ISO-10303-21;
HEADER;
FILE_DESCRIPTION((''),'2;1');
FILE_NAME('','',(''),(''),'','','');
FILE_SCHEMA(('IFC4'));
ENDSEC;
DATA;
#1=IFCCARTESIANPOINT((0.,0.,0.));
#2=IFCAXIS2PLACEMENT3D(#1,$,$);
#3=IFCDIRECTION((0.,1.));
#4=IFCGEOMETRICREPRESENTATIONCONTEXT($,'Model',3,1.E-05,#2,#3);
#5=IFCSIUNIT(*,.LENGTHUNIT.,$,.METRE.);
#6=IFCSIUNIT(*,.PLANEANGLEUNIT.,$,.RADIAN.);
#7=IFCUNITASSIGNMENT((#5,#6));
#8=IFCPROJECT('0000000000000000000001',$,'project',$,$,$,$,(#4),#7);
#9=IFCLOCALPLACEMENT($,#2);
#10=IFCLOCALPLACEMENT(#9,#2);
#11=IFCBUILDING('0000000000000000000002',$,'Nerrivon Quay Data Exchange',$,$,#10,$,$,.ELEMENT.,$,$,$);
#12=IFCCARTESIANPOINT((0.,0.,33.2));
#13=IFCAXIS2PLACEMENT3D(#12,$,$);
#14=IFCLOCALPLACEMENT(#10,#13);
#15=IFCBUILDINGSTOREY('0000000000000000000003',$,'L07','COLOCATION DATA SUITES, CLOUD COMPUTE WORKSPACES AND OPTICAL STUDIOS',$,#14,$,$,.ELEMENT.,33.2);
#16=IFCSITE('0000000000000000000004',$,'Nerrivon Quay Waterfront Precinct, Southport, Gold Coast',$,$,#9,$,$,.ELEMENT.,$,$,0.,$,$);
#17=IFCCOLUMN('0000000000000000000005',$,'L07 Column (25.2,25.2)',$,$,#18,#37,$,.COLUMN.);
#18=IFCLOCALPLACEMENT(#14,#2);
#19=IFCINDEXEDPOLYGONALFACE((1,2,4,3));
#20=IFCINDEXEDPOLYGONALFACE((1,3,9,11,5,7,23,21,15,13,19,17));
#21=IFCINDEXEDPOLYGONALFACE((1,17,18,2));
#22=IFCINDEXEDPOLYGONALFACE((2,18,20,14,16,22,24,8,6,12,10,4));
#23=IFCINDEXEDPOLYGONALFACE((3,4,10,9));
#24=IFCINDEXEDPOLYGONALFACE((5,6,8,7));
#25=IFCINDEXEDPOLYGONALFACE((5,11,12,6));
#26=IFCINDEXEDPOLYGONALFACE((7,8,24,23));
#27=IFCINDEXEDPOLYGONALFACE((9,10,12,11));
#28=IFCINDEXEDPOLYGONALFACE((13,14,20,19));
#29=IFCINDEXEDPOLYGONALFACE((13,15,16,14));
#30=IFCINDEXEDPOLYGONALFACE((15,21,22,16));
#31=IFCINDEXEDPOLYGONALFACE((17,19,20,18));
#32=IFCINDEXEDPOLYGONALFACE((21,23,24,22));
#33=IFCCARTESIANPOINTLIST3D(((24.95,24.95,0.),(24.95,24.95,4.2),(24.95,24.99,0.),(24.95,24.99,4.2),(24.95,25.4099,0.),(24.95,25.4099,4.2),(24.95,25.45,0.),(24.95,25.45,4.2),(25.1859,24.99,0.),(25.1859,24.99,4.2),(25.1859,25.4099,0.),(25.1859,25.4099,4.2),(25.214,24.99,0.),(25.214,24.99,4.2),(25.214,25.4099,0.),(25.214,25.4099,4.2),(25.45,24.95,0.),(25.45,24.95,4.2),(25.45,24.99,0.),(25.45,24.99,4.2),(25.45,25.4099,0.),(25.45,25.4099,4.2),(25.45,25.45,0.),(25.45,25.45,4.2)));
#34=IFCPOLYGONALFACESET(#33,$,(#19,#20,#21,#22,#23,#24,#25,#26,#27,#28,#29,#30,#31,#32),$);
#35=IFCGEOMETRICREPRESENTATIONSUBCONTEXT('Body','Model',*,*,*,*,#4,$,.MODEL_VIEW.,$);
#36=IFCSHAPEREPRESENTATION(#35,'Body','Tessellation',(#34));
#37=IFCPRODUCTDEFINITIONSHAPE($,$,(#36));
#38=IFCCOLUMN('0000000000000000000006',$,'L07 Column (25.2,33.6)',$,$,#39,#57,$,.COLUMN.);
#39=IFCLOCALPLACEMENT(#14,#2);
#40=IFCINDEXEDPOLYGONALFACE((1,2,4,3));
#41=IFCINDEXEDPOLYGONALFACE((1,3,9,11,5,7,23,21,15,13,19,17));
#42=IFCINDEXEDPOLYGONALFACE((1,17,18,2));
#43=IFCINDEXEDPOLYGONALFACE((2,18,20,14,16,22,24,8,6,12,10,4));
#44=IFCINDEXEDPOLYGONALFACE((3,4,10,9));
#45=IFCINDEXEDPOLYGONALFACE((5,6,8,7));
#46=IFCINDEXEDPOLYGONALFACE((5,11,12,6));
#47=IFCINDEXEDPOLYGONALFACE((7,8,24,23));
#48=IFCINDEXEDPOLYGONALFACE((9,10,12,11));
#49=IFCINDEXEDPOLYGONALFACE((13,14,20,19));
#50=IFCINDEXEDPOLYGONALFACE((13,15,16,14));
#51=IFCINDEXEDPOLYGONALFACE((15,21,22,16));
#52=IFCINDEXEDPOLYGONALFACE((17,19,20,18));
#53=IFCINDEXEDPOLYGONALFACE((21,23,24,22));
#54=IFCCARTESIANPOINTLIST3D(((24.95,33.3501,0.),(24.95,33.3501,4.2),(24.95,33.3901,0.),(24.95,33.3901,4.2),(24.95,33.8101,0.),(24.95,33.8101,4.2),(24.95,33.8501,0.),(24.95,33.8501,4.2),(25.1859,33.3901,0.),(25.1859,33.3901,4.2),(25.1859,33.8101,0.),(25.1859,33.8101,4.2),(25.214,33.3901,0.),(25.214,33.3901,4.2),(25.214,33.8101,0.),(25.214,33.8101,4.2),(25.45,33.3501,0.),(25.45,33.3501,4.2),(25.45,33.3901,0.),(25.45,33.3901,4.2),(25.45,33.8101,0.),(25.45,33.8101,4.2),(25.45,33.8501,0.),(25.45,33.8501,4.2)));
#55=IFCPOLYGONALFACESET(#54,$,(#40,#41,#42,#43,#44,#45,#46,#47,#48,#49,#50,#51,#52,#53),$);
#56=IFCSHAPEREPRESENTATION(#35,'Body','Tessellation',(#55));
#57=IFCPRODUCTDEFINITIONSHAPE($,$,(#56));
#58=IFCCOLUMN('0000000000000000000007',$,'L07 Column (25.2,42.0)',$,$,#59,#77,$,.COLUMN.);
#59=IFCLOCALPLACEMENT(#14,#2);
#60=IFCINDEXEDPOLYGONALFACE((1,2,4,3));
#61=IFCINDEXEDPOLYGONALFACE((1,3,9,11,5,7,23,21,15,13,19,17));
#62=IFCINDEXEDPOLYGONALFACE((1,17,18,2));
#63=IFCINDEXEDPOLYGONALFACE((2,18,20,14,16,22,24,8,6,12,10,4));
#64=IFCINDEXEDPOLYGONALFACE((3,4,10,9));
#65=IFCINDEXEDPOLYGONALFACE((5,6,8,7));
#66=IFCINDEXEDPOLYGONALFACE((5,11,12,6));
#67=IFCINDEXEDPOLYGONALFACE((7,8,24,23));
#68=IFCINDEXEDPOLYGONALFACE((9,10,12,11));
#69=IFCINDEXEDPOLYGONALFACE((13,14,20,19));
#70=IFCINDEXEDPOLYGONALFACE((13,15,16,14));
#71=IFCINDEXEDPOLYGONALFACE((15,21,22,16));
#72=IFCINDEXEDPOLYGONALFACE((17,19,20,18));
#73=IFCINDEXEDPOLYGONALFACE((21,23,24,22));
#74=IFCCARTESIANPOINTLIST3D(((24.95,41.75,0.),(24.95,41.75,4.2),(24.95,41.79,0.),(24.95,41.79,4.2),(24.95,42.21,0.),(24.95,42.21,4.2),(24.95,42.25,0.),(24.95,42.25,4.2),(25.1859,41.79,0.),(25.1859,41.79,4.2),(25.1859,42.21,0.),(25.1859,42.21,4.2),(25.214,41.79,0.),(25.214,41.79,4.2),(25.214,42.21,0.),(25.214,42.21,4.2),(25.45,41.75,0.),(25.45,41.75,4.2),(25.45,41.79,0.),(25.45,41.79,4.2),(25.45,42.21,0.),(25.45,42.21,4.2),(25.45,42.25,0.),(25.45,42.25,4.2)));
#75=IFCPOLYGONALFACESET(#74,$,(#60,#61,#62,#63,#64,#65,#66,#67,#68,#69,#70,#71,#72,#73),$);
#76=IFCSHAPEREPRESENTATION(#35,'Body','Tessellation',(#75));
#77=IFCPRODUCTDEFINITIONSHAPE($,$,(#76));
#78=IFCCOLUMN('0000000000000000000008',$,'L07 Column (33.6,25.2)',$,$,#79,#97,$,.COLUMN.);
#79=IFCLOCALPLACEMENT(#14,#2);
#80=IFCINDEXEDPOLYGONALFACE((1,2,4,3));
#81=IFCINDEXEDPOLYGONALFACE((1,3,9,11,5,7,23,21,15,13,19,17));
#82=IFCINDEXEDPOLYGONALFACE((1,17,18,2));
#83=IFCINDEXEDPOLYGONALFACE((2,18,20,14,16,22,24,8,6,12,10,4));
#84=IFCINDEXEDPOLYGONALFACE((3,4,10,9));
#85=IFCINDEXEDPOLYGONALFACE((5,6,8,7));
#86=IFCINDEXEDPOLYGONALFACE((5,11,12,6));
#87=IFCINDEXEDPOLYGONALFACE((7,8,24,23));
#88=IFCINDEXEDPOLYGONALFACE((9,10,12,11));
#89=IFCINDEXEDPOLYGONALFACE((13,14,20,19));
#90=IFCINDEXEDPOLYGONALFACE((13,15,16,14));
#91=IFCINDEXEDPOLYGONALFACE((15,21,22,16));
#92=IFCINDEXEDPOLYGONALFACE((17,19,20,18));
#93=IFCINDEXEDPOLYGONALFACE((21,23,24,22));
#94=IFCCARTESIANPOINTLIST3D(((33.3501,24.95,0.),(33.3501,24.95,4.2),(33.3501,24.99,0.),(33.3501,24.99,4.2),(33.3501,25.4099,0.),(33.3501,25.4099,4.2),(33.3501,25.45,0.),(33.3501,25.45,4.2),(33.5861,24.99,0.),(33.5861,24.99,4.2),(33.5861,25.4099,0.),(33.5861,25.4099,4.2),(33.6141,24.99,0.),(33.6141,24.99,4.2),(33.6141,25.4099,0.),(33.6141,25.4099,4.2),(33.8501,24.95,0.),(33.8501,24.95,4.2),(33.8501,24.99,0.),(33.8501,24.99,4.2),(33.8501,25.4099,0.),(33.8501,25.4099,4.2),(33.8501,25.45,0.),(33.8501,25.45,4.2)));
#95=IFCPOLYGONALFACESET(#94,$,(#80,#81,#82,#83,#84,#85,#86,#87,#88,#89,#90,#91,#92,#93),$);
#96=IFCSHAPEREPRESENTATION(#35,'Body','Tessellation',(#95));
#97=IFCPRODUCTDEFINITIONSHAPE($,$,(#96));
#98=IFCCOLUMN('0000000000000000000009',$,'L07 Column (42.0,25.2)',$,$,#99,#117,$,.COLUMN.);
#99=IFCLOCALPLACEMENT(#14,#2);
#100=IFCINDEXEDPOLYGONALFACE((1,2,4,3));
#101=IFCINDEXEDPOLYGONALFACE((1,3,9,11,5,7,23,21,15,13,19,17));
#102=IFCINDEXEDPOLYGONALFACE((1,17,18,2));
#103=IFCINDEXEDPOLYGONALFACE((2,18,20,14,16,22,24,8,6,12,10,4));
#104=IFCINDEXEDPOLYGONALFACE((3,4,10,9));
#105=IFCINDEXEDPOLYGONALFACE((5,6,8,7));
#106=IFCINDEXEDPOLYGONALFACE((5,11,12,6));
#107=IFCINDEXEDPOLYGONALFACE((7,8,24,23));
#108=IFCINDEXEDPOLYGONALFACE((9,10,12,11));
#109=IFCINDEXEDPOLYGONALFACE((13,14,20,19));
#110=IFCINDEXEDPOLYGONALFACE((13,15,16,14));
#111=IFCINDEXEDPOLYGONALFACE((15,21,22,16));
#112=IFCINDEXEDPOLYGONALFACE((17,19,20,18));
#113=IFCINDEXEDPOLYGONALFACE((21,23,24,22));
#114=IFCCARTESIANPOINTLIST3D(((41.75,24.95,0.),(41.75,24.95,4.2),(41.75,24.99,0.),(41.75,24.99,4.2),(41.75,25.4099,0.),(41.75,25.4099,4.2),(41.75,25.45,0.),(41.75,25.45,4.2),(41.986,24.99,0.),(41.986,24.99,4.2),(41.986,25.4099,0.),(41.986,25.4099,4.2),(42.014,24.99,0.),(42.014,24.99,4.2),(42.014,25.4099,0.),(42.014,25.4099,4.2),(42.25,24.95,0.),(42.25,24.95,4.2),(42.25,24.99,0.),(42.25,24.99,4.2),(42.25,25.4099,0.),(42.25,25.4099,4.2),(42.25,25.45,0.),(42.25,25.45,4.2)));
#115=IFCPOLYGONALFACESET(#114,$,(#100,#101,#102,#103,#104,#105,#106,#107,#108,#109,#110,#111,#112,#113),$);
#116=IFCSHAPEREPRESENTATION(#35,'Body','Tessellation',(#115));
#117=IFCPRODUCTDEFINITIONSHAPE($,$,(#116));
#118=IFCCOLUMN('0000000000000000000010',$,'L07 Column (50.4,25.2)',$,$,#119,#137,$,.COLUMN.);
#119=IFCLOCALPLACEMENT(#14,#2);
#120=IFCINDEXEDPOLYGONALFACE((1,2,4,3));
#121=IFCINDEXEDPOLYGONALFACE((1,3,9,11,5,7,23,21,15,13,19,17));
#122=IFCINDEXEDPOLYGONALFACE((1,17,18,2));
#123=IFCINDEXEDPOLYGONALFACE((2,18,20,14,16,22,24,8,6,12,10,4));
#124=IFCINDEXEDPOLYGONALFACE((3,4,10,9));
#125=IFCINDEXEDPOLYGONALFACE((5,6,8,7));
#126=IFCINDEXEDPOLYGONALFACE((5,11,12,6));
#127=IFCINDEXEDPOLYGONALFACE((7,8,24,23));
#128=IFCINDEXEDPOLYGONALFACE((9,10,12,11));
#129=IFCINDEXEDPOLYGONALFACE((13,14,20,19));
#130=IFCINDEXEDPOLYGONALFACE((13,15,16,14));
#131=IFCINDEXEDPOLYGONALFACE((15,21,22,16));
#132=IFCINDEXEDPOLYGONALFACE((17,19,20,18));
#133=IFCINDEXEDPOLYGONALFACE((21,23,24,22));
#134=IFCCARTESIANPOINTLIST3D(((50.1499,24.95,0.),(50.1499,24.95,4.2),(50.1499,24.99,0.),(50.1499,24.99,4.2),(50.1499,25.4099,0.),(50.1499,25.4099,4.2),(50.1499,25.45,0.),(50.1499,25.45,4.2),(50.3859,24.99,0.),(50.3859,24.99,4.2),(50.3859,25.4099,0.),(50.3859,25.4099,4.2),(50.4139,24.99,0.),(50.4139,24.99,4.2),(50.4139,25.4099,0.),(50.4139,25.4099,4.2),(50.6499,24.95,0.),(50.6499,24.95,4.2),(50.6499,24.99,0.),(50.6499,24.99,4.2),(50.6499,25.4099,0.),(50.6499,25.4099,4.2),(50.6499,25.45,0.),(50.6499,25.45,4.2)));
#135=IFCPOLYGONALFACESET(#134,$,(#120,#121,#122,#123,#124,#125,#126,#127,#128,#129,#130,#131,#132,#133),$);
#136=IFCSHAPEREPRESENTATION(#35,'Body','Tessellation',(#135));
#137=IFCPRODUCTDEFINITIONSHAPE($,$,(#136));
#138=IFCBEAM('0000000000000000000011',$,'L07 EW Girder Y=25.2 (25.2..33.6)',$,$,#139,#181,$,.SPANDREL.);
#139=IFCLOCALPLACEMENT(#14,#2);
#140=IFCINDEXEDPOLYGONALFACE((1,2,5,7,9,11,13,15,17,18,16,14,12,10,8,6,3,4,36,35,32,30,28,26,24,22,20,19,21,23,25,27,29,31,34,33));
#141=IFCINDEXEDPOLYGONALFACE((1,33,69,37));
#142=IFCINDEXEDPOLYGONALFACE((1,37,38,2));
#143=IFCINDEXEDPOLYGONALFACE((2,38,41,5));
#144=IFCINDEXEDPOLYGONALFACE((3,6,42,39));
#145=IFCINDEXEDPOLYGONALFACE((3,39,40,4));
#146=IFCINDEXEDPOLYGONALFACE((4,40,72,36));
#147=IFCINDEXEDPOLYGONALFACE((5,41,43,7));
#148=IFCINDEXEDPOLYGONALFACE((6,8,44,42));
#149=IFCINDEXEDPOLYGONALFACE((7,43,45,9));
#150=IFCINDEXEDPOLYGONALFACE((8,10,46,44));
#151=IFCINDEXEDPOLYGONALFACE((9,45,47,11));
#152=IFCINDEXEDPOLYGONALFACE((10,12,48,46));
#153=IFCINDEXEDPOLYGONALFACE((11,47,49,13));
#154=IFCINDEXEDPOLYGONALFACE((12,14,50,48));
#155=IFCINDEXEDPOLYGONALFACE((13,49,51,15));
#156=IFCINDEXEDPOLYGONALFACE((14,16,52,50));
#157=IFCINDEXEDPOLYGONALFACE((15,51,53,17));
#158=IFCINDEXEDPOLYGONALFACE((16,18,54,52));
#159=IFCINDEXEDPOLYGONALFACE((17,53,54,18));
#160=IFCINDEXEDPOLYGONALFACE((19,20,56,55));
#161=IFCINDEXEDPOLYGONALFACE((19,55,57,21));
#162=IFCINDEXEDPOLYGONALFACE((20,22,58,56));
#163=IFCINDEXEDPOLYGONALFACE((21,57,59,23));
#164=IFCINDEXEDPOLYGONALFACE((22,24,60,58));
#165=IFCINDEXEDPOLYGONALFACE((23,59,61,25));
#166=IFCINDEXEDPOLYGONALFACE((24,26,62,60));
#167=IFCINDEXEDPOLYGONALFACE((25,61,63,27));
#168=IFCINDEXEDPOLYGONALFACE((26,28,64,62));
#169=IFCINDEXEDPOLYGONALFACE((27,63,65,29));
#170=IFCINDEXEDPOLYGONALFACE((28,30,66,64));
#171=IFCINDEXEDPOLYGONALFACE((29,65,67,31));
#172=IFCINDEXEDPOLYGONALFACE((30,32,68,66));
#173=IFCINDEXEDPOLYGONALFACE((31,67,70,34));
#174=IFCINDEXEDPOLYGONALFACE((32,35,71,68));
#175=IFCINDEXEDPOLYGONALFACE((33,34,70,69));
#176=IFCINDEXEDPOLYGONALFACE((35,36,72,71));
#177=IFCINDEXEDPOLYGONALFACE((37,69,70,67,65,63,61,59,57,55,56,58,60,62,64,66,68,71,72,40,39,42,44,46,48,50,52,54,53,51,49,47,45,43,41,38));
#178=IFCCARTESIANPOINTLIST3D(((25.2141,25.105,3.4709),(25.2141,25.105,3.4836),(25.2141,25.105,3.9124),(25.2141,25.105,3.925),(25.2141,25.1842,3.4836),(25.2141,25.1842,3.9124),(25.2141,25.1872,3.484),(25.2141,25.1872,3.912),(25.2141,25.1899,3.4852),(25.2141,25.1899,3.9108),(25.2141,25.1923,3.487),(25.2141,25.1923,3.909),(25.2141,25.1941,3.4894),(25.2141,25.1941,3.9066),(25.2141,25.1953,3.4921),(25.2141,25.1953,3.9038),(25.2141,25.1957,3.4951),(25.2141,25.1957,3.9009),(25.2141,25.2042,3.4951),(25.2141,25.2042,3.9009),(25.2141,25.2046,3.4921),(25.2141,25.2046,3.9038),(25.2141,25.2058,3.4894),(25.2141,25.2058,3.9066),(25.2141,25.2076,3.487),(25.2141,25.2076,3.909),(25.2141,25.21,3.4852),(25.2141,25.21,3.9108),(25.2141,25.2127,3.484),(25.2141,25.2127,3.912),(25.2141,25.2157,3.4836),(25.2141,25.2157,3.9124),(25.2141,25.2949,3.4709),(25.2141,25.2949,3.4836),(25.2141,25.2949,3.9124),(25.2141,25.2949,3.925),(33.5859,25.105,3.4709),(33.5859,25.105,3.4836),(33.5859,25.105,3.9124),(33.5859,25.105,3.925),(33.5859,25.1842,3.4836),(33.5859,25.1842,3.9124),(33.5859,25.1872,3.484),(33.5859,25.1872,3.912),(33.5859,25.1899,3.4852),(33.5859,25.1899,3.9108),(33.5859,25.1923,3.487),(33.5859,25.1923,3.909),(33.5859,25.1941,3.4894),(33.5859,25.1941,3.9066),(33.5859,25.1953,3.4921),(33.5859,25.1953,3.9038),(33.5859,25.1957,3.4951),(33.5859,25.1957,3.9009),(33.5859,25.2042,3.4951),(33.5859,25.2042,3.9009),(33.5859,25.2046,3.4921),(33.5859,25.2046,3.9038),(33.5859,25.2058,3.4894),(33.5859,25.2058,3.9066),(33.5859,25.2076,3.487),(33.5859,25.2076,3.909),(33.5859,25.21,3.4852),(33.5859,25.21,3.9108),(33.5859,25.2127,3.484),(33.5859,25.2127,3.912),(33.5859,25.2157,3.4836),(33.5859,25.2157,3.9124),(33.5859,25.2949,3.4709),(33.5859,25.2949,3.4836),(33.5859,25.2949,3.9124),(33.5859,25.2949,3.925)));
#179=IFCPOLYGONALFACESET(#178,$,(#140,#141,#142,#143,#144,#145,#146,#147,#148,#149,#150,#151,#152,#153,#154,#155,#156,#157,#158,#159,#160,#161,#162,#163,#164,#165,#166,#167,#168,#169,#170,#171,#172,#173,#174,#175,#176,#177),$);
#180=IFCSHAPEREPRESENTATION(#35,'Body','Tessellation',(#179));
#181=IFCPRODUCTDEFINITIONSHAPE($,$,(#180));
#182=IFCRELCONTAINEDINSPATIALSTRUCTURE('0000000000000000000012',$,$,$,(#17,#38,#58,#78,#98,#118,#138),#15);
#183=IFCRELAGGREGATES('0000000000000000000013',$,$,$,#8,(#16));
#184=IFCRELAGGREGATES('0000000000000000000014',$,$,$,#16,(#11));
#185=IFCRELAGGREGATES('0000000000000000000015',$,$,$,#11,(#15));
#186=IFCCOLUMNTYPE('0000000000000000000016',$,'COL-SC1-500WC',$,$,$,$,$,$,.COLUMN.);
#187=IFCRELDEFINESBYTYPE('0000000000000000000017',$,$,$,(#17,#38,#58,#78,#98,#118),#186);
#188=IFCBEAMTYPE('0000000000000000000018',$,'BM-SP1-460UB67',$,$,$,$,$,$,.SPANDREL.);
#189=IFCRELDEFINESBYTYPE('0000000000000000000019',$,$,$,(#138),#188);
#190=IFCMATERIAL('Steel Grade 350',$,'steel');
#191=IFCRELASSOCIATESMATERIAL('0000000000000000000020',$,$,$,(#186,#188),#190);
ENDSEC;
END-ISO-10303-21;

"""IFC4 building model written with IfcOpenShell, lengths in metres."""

from ifc_helpers import new_model, si_unit, direction, frame, origin, origin_2d, place, context, subcontext, project, spatial, i_section, extrude, material, material_profile, profile_set, type_object, element, save


model = new_model("IFC4")

# Units and contexts
model_context = context("Model", 3, precision=1e-05, world=origin(), true_north=direction((0.0, 1.0)))
body_context = subcontext(model_context, "Body", "Model", "MODEL_VIEW")
ifc_project = project(units=[si_unit("LENGTHUNIT", "METRE"), si_unit("PLANEANGLEUNIT", "RADIAN")], contexts=[model_context])

# Site, building, storey
site_placement = place(None, origin())
site = spatial("IfcSite", under=ifc_project, at=site_placement, Name="Nerrivon Quay Waterfront Precinct, Southport, Gold Coast", CompositionType="ELEMENT", RefElevation=0.0)
building_placement = place(site_placement, origin())
building = spatial("IfcBuilding", under=site, at=building_placement, Name="Nerrivon Quay Data Exchange", CompositionType="ELEMENT")
storey_placement = place(building_placement, frame((0.0, 0.0, 33.2)))
storey = spatial("IfcBuildingStorey", under=building, at=storey_placement, Name="L07", Description="COLOCATION DATA SUITES, CLOUD COMPUTE WORKSPACES AND OPTICAL STUDIOS", CompositionType="ELEMENT", Elevation=33.2)

# Columns
ifc_material_1 = material(Name="Steel Grade 350", Category="steel")
ifc_material_profile_1 = material_profile(ifc_material_1, i_section(OverallWidth=0.5, OverallDepth=0.5, WebThickness=0.0281, FlangeThickness=0.04, at=origin_2d()), Name="500WC440")
ifc_profile_set_1 = profile_set([ifc_material_profile_1], Name="Steel Grade 350")
column_type = type_object("IfcColumnType", Name="COL-SC1-500WC", PredefinedType="COLUMN", material=ifc_profile_set_1)
for number, where, z_axis, x_axis, name in (
    (1, (25.2, 25.2, 0.0), (0.0, 0.0, 1.0), (1.0, 0.0, 0.0), "L07 Column (25.2,25.2)"),
    (2, (25.2, 33.6001, 0.0), (0.0, 0.0, 1.0), (1.0, 0.0, 0.0), "L07 Column (25.2,33.6)"),
    (3, (25.2, 42.0, 0.0), (0.0, 0.0, 1.0), (1.0, 0.0, 0.0), "L07 Column (25.2,42.0)"),
    (4, (33.6001, 25.2, 0.0), (0.0, 0.0, 1.0), (1.0, 0.0, 0.0), "L07 Column (33.6,25.2)"),
    (5, (42.0, 25.2, 0.0), (0.0, 0.0, 1.0), (1.0, 0.0, 0.0), "L07 Column (42.0,25.2)"),
    (6, (50.3999, 25.2, 0.0), (0.0, 0.0, 1.0), (1.0, 0.0, 0.0), "L07 Column (50.4,25.2)"),
):
    element("IfcColumn", number, at=place(storey_placement, frame(where, z_axis=z_axis, x_axis=x_axis)), inside=storey, type_object=column_type, Name=name, PredefinedType="COLUMN", context=body_context, shape_type="SweptSolid", body=[
        extrude(i_section(OverallWidth=0.5, OverallDepth=0.5, WebThickness=0.0281, FlangeThickness=0.04, at=origin_2d()), origin(), (0.0, 0.0, 1.0), 4.2),
    ])

# Beam
ifc_material_profile_2 = material_profile(ifc_material_1, i_section(OverallWidth=0.1899, OverallDepth=0.4541, WebThickness=0.0085, FlangeThickness=0.0127, FilletRadius=0.0115, at=origin_2d()), Name="460UB67.1")
ifc_profile_set_2 = profile_set([ifc_material_profile_2], Name="Steel Grade 350")
beam_type = type_object("IfcBeamType", Name="BM-SP1-460UB67", PredefinedType="SPANDREL", material=ifc_profile_set_2)
beam_1_placement = place(storey_placement, frame((25.2141, 25.2, 3.698), z_axis=(1.0, 0.0, 0.0), x_axis=(0.0, 1.0, 0.0)))
element("IfcBeam", 7, at=beam_1_placement, inside=storey, type_object=beam_type, Name="L07 EW Girder Y=25.2 (25.2..33.6)", PredefinedType="SPANDREL", context=body_context, shape_type="SweptSolid", body=[
    extrude(i_section(OverallWidth=0.1899, OverallDepth=0.4541, WebThickness=0.0085, FlangeThickness=0.0127, FilletRadius=0.0115, at=origin_2d()), origin(), (0.0, 0.0, 1.0), 8.3718),
])

save(model, "model.ifc")
